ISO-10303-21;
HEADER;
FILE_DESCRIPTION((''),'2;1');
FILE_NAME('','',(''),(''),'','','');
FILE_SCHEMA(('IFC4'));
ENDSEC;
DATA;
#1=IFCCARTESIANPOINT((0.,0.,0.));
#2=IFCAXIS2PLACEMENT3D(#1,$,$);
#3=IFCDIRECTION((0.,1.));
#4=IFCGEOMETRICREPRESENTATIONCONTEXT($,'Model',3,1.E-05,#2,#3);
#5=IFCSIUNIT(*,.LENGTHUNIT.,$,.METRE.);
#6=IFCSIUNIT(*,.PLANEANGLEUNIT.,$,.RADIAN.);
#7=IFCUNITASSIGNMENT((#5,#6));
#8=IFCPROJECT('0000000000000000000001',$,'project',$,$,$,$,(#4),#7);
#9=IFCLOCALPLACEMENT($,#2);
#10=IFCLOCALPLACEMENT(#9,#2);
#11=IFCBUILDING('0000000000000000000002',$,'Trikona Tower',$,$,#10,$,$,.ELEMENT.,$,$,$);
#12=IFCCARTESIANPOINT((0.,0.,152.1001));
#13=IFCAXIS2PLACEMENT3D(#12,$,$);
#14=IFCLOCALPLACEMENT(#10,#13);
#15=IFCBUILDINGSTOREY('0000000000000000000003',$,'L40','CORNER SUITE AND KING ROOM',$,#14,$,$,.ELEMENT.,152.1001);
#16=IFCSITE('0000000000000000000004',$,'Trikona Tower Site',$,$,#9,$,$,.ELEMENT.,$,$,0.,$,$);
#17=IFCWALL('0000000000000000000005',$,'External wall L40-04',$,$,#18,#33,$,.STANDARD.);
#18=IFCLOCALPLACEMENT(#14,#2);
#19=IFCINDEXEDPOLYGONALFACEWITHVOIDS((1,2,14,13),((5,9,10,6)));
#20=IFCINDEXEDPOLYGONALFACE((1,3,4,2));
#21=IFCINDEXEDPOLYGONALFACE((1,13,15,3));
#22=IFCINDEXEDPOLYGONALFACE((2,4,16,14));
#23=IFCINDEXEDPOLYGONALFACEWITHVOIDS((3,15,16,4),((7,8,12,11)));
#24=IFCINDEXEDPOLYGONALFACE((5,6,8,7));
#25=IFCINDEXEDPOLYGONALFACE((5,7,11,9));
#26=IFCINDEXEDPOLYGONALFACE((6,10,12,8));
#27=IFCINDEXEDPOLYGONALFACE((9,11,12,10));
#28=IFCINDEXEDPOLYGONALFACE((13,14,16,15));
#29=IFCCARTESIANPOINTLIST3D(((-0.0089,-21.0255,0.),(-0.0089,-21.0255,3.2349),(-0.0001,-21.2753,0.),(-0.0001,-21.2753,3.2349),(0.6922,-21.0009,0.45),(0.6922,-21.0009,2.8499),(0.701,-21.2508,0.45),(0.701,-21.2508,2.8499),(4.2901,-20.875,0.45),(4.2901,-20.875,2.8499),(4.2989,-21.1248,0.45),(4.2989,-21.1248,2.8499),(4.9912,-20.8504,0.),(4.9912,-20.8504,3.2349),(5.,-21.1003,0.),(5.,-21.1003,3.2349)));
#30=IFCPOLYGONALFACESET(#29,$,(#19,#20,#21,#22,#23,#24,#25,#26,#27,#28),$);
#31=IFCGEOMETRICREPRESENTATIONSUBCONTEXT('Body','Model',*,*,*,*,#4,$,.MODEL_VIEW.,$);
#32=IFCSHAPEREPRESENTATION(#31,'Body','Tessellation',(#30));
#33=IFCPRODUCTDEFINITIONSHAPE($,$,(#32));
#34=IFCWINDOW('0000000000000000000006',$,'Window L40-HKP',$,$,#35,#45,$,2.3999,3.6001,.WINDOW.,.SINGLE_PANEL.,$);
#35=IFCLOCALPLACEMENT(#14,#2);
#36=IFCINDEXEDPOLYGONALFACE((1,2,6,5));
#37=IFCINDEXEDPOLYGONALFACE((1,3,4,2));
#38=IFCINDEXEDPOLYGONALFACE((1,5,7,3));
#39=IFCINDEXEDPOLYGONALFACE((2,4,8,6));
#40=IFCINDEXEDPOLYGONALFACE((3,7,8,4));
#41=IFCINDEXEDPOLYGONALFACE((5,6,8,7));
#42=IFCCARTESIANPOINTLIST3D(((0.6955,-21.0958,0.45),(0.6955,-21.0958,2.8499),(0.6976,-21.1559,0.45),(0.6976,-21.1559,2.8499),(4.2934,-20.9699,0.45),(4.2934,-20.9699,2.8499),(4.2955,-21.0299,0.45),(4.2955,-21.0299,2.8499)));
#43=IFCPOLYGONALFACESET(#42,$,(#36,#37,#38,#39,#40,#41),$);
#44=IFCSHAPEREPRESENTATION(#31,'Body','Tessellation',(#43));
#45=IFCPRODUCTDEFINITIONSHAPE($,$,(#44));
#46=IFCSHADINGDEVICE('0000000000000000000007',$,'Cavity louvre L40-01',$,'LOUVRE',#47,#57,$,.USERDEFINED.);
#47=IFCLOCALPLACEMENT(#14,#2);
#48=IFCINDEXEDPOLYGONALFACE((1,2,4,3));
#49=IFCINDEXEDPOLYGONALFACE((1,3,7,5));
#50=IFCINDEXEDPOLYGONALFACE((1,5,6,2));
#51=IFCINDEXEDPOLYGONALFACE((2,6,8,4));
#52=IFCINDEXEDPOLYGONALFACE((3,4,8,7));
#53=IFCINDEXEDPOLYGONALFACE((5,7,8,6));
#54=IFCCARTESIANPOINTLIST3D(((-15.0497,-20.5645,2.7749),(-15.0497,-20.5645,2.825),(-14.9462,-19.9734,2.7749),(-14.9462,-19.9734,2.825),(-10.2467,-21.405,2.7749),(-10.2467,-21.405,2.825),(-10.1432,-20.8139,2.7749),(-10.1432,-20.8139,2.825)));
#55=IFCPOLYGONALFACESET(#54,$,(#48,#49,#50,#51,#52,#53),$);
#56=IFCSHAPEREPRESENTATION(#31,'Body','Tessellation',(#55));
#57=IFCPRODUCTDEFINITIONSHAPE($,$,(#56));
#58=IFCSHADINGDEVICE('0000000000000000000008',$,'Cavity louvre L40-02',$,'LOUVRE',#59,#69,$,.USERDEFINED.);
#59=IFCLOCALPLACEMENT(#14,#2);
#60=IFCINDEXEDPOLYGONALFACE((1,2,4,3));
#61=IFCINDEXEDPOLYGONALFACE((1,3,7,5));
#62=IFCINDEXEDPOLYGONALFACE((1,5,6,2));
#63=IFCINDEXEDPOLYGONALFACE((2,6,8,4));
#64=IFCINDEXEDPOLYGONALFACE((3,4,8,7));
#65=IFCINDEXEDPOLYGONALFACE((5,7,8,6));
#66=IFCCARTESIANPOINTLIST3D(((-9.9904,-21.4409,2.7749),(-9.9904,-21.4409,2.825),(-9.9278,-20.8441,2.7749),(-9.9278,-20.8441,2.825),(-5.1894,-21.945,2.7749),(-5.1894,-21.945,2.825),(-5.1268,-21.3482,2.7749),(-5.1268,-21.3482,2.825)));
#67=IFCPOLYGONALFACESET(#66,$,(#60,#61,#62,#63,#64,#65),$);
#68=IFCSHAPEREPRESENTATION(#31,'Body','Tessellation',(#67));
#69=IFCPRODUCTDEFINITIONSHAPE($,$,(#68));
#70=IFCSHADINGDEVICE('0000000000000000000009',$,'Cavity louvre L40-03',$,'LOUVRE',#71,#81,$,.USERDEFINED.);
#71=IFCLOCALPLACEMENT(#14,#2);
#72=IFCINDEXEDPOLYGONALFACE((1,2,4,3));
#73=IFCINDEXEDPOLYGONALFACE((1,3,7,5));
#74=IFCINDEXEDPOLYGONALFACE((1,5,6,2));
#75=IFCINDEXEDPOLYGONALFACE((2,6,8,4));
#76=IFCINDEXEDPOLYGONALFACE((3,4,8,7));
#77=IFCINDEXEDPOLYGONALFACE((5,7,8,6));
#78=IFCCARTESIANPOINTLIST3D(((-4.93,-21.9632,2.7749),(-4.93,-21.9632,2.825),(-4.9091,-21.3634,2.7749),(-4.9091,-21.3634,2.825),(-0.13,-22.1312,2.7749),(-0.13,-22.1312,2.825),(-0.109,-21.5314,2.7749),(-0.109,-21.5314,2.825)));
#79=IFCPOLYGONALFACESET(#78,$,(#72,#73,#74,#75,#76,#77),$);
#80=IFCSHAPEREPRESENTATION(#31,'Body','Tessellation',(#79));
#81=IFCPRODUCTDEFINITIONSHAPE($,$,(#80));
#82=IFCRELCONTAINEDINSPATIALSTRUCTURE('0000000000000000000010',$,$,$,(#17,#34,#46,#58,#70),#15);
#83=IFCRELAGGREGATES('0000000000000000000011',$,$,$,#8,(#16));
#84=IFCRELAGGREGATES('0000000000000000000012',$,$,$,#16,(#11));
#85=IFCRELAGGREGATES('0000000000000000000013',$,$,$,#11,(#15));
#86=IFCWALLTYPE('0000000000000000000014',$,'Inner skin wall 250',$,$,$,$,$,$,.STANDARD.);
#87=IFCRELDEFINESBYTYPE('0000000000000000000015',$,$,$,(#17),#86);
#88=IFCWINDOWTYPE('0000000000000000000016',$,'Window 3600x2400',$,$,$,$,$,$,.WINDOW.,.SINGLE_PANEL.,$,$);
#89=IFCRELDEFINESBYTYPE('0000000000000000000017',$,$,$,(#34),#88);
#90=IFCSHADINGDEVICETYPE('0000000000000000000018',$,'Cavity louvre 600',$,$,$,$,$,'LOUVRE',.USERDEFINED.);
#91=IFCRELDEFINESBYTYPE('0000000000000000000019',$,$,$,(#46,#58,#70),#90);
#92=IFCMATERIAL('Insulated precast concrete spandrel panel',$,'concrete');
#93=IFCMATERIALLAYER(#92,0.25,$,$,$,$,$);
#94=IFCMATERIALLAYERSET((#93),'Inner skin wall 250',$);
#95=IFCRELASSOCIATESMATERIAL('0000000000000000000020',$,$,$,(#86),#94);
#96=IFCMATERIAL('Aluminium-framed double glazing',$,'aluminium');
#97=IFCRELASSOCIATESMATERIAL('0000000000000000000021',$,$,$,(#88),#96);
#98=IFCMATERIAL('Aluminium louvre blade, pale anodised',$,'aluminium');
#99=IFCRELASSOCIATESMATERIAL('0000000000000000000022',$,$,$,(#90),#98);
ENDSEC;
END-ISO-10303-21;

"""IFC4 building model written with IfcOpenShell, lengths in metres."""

from ifc_helpers import new_model, si_unit, direction, frame, frame_2d, origin, origin_2d, place, context, subcontext, project, spatial, rectangle, extrude, material, layer, layer_set, type_object, element, fill, save


model = new_model("IFC4")

# Units and contexts
model_context = context("Model", 3, precision=1e-05, world=origin(), true_north=direction((0.0, 1.0)))
body_context = subcontext(model_context, "Body", "Model", "MODEL_VIEW")
ifc_project = project(units=[si_unit("LENGTHUNIT", "METRE"), si_unit("PLANEANGLEUNIT", "RADIAN")], contexts=[model_context])

# Site, building, storey
site_placement = place(None, origin())
site = spatial("IfcSite", under=ifc_project, at=site_placement, Name="Trikona Tower Site", CompositionType="ELEMENT", RefElevation=0.0)
building_placement = place(site_placement, origin())
building = spatial("IfcBuilding", under=site, at=building_placement, Name="Trikona Tower", CompositionType="ELEMENT")
storey_placement = place(building_placement, frame((0.0, 0.0, 152.1001)))
storey = spatial("IfcBuildingStorey", under=building, at=storey_placement, Name="L40", Description="CORNER SUITE AND KING ROOM", CompositionType="ELEMENT", Elevation=152.1001)

# Wall, opening, window
ifc_material_1 = material(Name="Insulated precast concrete spandrel panel", Category="concrete")
ifc_layer_1 = layer(ifc_material_1, 0.25)
ifc_layer_set_1 = layer_set([ifc_layer_1], Name="Inner skin wall 250")
wall_type = type_object("IfcWallType", Name="Inner skin wall 250", PredefinedType="STANDARD", material=ifc_layer_set_1)
ifc_material_2 = material(Name="Aluminium-framed double glazing", Category="aluminium")
window_type = type_object("IfcWindowType", Name="Window 3600x2400", PartitioningType="SINGLE_PANEL", PredefinedType="WINDOW", material=ifc_material_2)
wall_1_placement = place(storey_placement, frame((-0.0044, -21.1504, 0.0), z_axis=(0.0, 0.0, 1.0), x_axis=(0.999388, 0.034988, 0.0)))
wall_1 = element("IfcWall", 1, at=wall_1_placement, inside=storey, type_object=wall_type, Name="External wall L40-04", PredefinedType="STANDARD", context=body_context, shape_type="SweptSolid", body=[
    extrude(rectangle(XDim=5.0032, YDim=0.25, at=frame_2d((2.5015, 0.0))), origin(), (0.0, 0.0, 1.0), 3.2349),
])
opening_1_placement = place(wall_1_placement, frame((0.7014, 0.0, 0.45)))
opening_1 = element("IfcOpeningElement", 2, at=opening_1_placement, cuts=wall_1, PredefinedType="OPENING", context=body_context, shape_type="SweptSolid", body=[
    extrude(rectangle(XDim=3.6001, YDim=2.3999, at=frame_2d((1.8, 1.2))), frame((0.0, 0.135, 0.0), z_axis=(0.0, -1.0, 0.0), x_axis=(1.0, 0.0, 0.0)), (0.0, 0.0, 1.0), 0.27),
])
window_1_placement = place(opening_1_placement, origin())
window_1 = element("IfcWindow", 3, at=window_1_placement, inside=storey, type_object=window_type, Name="Window L40-HKP", OverallHeight=2.3999, OverallWidth=3.6001, PartitioningType="SINGLE_PANEL", PredefinedType="WINDOW", context=body_context, shape_type="SweptSolid", body=[
    extrude(rectangle(XDim=3.6001, YDim=2.3999, at=frame_2d((1.8, 1.2))), frame((0.0, 0.03, 0.0), z_axis=(0.0, -1.0, 0.0), x_axis=(1.0, 0.0, 0.0)), (0.0, 0.0, 1.0), 0.0601),
])
fill(opening_1, window_1)

# Shading devices
ifc_material_3 = material(Name="Aluminium louvre blade, pale anodised", Category="aluminium")
shading_device_type = type_object("IfcShadingDeviceType", Name="Cavity louvre 600", ElementType="LOUVRE", PredefinedType="USERDEFINED", material=ifc_material_3)
shading_device_1_placement = place(storey_placement, frame((-12.5964, -20.6892, 2.7749), z_axis=(0.0, 0.0, 1.0), x_axis=(0.985031, -0.17238, 0.0)))
element("IfcShadingDevice", 4, at=shading_device_1_placement, inside=storey, type_object=shading_device_type, Name="Cavity louvre L40-01", ObjectType="LOUVRE", PredefinedType="USERDEFINED", context=body_context, shape_type="SweptSolid", body=[
    extrude(rectangle(XDim=4.876, YDim=0.6001, at=origin_2d()), origin(), (0.0, 0.0, 1.0), 0.05),
])
shading_device_2_placement = place(storey_placement, frame((-7.5586, -21.3945, 2.7749), z_axis=(0.0, 0.0, 1.0), x_axis=(0.994533, -0.104426, 0.0)))
element("IfcShadingDevice", 5, at=shading_device_2_placement, inside=storey, type_object=shading_device_type, Name="Cavity louvre L40-02", ObjectType="LOUVRE", PredefinedType="USERDEFINED", context=body_context, shape_type="SweptSolid", body=[
    extrude(rectangle(XDim=4.8274, YDim=0.6001, at=origin_2d()), origin(), (0.0, 0.0, 1.0), 0.05),
])
shading_device_3_placement = place(storey_placement, frame((-2.5195, -21.7473, 2.7749), z_axis=(0.0, 0.0, 1.0), x_axis=(0.999388, -0.034978, 0.0)))
element("IfcShadingDevice", 6, at=shading_device_3_placement, inside=storey, type_object=shading_device_type, Name="Cavity louvre L40-03", ObjectType="LOUVRE", PredefinedType="USERDEFINED", context=body_context, shape_type="SweptSolid", body=[
    extrude(rectangle(XDim=4.803, YDim=0.6001, at=origin_2d()), origin(), (0.0, 0.0, 1.0), 0.05),
])

save(model, "model.ifc")
